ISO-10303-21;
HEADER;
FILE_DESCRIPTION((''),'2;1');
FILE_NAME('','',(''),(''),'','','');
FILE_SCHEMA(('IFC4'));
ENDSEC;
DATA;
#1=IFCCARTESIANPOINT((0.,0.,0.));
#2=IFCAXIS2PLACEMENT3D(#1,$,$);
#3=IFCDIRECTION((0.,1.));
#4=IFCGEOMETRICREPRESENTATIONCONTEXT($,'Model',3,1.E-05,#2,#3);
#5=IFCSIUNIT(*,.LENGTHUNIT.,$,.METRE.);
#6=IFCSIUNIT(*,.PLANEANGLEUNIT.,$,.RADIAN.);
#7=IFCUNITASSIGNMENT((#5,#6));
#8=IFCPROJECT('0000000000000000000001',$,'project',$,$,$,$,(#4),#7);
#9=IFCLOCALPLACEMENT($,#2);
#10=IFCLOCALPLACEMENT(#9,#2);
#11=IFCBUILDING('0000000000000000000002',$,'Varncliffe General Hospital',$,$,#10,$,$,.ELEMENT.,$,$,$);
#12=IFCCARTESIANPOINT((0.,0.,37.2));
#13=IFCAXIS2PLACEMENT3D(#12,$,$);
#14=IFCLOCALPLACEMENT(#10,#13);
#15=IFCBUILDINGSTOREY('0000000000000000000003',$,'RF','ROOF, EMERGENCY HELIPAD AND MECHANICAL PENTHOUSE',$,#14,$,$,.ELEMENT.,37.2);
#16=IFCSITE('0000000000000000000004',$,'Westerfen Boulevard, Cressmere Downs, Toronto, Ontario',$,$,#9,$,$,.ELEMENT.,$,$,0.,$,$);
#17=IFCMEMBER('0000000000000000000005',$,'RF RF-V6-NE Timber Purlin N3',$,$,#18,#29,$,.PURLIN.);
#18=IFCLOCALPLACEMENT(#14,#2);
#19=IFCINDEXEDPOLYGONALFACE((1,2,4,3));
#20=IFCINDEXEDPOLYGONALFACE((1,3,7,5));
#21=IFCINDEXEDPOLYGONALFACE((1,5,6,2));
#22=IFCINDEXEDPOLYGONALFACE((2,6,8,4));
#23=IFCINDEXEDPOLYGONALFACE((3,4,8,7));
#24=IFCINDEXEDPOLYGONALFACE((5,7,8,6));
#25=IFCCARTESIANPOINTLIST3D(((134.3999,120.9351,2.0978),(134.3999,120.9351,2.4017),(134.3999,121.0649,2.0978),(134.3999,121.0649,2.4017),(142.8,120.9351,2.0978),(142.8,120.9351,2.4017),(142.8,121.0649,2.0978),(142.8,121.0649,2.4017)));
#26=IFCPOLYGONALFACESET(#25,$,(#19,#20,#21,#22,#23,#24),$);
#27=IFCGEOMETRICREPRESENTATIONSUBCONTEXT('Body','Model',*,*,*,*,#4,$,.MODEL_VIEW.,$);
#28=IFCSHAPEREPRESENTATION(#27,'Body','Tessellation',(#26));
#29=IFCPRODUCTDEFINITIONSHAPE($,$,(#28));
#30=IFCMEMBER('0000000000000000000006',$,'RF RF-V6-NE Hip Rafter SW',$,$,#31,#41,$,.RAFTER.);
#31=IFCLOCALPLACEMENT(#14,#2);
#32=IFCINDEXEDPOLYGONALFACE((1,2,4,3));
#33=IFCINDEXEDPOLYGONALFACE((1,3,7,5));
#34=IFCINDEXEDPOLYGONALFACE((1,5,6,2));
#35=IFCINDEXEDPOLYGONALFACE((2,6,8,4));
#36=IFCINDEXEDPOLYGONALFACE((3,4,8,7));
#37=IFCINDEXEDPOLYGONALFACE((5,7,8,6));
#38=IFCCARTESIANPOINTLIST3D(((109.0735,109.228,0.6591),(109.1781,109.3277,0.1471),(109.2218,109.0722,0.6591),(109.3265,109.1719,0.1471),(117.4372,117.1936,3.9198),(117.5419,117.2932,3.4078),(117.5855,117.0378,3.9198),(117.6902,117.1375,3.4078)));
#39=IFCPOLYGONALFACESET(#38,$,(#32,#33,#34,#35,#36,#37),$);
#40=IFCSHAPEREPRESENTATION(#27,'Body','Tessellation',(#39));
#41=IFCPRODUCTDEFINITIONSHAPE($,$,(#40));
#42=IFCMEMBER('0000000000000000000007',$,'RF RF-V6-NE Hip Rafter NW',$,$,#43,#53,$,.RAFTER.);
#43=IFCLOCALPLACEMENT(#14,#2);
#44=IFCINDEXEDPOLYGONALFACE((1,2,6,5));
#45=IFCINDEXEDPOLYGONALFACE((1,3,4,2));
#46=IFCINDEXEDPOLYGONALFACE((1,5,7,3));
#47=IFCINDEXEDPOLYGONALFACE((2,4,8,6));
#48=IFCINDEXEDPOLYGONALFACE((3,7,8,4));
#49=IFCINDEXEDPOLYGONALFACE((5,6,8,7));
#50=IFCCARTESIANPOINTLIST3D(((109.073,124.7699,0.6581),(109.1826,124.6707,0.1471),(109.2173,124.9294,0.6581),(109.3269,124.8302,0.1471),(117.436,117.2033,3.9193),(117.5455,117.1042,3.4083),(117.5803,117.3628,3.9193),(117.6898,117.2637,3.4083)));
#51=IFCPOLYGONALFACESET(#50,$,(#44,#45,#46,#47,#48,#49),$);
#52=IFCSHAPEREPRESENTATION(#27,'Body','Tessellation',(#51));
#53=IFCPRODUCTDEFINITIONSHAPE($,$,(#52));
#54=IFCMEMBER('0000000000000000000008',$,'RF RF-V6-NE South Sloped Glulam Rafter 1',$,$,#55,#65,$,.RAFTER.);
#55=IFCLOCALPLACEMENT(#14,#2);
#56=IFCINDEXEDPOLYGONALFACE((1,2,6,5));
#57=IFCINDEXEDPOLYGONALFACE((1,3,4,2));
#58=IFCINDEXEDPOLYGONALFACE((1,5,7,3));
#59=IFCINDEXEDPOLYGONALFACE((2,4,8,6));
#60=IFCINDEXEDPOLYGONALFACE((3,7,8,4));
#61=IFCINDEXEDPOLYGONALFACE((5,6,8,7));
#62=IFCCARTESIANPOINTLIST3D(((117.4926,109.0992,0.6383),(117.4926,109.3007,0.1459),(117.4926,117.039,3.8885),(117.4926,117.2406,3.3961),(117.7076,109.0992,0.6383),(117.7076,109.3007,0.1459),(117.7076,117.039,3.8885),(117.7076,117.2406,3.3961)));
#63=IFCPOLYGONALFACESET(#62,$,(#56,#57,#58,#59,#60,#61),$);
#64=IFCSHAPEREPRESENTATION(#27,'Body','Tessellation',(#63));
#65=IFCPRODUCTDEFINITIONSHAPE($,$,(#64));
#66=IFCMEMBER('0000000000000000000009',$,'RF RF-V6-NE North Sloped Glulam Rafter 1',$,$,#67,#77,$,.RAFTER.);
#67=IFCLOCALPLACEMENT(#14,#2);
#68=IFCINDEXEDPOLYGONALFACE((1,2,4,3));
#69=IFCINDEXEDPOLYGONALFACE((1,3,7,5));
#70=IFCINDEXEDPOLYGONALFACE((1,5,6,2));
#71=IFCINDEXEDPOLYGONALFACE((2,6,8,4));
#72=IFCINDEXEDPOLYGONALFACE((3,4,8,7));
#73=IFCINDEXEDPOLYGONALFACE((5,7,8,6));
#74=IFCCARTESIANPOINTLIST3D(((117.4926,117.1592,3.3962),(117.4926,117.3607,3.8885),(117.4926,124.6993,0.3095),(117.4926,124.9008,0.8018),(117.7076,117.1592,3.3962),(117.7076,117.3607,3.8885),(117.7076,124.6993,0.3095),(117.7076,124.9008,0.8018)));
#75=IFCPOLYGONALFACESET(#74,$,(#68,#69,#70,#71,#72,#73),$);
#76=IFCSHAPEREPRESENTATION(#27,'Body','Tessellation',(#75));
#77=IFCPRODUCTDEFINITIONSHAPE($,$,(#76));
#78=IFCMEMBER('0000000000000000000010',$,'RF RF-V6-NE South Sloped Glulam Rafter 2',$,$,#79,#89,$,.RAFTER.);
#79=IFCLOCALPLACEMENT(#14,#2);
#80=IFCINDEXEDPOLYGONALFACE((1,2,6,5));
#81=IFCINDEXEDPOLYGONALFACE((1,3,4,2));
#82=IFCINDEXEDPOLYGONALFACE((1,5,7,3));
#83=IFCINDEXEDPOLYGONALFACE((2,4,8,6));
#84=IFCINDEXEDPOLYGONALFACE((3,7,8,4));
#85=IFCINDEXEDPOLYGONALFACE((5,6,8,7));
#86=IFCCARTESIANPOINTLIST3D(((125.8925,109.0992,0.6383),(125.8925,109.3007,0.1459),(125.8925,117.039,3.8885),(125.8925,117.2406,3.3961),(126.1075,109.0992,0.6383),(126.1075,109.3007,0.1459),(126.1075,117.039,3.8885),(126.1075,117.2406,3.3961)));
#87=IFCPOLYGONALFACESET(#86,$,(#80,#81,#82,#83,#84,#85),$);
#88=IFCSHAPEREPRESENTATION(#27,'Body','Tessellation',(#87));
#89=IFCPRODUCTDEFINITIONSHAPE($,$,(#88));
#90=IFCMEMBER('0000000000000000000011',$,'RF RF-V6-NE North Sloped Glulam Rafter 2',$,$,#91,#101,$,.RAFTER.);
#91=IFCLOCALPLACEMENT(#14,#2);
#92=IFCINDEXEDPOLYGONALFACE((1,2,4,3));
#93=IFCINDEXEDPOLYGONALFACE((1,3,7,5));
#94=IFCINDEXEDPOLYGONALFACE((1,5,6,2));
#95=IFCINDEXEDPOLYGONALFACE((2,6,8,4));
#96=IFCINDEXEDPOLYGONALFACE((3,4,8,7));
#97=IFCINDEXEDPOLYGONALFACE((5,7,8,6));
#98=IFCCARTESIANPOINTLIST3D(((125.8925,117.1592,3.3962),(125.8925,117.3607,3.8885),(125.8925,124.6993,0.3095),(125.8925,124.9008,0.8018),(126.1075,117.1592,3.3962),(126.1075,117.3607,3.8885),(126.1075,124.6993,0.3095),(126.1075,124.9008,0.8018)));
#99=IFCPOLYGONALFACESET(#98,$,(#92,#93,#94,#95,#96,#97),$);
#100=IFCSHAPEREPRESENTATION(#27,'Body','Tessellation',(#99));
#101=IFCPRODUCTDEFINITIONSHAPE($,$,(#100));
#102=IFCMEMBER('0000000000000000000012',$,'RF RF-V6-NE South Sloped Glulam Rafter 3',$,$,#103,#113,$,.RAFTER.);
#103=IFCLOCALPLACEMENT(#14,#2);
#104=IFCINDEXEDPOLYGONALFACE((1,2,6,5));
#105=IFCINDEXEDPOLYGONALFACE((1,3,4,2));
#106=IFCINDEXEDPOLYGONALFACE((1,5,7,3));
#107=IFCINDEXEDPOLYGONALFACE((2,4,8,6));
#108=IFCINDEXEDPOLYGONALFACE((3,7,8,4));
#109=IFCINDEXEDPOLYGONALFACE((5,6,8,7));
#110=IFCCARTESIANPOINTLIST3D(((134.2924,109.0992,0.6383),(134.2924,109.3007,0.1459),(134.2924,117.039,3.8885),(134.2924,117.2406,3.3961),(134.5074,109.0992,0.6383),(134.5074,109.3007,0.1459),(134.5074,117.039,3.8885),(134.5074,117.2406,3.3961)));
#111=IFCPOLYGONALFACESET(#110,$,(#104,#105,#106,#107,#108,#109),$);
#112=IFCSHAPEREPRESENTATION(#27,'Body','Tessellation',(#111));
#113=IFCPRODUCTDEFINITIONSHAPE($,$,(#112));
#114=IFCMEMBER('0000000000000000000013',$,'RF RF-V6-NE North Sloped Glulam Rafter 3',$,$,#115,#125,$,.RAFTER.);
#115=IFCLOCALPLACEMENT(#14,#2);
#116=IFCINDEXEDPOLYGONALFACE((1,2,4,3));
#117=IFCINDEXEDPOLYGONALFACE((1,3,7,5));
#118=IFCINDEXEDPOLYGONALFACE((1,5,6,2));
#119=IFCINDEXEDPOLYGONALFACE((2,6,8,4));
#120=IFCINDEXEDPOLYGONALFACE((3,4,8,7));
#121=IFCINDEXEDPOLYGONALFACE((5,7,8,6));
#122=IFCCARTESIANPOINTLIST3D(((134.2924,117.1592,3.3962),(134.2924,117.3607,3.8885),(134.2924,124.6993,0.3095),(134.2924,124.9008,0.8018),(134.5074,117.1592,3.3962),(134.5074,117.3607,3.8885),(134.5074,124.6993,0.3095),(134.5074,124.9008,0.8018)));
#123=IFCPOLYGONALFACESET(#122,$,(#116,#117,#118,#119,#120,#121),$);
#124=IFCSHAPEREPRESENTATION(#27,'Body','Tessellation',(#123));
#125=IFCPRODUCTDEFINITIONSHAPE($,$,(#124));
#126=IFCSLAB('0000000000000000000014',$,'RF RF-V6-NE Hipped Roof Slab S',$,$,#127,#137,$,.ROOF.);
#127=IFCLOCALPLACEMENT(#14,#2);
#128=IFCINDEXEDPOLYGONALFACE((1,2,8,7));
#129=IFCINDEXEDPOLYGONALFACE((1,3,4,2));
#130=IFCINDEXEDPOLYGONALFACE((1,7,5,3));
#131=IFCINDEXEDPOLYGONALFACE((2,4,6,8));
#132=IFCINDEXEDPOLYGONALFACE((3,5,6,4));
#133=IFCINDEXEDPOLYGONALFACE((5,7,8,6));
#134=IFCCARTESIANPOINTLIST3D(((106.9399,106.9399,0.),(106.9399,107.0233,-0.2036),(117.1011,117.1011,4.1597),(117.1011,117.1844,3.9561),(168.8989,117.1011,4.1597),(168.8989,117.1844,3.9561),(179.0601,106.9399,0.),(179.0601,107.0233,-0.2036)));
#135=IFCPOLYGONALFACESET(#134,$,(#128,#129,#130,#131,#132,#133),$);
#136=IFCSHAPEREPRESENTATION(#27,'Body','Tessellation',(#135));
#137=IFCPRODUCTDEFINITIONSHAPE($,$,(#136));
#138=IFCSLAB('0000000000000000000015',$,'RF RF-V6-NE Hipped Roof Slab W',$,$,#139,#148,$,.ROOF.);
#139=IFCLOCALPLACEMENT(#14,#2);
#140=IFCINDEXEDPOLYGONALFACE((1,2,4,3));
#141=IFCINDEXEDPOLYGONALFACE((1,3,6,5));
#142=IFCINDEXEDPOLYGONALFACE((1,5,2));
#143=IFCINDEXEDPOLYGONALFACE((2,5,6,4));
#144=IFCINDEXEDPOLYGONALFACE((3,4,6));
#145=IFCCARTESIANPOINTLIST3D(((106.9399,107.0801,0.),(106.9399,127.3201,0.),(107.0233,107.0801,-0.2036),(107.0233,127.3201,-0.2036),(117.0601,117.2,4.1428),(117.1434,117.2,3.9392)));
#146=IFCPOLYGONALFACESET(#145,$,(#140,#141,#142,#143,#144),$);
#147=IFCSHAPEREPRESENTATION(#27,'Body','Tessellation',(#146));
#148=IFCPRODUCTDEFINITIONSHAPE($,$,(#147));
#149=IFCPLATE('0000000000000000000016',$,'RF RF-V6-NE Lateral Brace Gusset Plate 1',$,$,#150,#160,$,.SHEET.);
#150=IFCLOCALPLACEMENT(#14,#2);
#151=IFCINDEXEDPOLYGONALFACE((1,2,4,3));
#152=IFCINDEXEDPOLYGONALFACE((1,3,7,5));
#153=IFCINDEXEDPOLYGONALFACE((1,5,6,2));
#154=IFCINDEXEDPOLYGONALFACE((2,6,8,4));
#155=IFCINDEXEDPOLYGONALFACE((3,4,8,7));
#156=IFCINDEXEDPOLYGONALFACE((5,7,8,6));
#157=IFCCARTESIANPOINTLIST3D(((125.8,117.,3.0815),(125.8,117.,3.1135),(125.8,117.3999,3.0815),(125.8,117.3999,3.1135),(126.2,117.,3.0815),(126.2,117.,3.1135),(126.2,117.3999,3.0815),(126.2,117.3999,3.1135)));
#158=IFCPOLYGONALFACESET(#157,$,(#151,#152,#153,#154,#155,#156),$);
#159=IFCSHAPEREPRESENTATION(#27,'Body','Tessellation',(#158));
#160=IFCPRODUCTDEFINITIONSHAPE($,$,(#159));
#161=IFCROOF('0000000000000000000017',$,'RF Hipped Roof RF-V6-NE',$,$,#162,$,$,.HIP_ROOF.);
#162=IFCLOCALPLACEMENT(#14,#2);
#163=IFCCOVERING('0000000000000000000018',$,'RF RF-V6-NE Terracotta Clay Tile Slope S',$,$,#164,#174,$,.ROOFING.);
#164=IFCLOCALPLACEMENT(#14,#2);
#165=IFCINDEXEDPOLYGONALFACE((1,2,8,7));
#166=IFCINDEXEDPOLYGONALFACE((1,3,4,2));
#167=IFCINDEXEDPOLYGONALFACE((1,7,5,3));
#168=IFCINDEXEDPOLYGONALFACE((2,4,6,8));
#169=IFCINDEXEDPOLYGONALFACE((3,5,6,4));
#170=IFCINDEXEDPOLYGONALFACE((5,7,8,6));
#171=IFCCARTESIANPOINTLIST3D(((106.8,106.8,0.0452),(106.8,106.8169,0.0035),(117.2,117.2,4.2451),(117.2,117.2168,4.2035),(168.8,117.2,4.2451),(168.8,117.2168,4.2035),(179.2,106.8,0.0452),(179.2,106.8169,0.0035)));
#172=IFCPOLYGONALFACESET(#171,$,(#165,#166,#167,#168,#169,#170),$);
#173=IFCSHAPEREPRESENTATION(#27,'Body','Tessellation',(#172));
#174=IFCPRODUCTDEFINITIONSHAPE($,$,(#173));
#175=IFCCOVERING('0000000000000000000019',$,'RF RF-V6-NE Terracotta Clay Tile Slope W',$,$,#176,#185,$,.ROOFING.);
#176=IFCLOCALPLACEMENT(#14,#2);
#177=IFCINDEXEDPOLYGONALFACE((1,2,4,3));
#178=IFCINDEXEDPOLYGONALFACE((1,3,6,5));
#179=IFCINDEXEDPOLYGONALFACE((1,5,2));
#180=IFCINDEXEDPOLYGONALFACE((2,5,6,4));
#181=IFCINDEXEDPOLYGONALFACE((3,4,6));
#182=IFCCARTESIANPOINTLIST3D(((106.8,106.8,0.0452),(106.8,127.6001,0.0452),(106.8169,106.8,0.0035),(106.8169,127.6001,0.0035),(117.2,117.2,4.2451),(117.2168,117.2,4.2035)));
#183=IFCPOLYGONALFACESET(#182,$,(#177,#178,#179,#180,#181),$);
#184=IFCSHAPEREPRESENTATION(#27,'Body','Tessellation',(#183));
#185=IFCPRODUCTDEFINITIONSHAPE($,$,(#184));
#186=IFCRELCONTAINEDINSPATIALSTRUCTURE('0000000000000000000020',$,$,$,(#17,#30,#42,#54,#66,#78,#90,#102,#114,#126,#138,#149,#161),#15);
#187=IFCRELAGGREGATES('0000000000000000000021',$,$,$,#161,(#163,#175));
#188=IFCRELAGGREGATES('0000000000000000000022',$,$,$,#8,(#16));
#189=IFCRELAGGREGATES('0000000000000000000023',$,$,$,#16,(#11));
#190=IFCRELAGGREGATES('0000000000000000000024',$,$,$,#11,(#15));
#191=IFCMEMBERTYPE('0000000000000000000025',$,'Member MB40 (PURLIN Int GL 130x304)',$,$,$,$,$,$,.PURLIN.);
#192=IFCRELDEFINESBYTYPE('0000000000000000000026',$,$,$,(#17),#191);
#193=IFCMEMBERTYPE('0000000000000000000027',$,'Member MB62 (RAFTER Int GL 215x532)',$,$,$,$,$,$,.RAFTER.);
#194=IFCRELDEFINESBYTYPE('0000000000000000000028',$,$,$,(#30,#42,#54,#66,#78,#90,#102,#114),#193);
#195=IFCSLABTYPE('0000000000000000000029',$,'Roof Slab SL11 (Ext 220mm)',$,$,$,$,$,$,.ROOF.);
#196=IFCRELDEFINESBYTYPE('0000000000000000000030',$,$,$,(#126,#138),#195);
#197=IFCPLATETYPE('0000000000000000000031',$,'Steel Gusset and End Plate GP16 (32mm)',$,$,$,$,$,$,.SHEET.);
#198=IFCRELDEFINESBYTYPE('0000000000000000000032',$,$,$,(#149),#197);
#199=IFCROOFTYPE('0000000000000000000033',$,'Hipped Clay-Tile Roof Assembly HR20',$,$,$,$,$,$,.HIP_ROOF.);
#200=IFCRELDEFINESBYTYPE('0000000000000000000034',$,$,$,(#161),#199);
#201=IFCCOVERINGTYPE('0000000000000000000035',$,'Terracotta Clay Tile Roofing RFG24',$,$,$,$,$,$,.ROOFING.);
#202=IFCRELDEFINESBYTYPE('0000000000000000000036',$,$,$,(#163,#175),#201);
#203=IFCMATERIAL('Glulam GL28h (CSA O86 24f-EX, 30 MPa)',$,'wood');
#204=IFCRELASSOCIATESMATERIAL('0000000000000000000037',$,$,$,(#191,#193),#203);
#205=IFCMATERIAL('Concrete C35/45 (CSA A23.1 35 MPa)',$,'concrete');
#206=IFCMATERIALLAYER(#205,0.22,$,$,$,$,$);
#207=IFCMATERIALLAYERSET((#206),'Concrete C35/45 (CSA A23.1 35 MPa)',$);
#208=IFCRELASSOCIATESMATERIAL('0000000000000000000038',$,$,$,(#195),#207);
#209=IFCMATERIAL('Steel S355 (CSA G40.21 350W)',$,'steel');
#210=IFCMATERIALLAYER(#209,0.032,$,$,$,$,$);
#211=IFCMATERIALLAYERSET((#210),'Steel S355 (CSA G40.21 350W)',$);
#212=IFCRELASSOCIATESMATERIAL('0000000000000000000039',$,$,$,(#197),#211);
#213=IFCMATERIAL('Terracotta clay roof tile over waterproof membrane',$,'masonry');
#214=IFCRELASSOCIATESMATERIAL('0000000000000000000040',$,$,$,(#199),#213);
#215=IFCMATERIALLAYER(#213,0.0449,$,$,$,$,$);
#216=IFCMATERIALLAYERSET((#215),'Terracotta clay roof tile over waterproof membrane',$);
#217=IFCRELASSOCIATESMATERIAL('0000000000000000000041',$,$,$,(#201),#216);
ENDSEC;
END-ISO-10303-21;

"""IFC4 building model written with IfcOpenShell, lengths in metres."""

from ifc_helpers import new_model, si_unit, direction, frame, origin, origin_2d, place, context, subcontext, project, spatial, polyline, rectangle, outline, extrude, material, layer, layer_set, material_profile, profile_set, type_object, element, aggregate, save


model = new_model("IFC4")

# Units and contexts
model_context = context("Model", 3, precision=1e-05, world=origin(), true_north=direction((0.0, 1.0)))
body_context = subcontext(model_context, "Body", "Model", "MODEL_VIEW")
ifc_project = project(units=[si_unit("LENGTHUNIT", "METRE"), si_unit("PLANEANGLEUNIT", "RADIAN")], contexts=[model_context])

# Site, building, storey
site_placement = place(None, origin())
site = spatial("IfcSite", under=ifc_project, at=site_placement, Name="Westerfen Boulevard, Cressmere Downs, Toronto, Ontario", CompositionType="ELEMENT", RefElevation=0.0)
building_placement = place(site_placement, origin())
building = spatial("IfcBuilding", under=site, at=building_placement, Name="Varncliffe General Hospital", CompositionType="ELEMENT")
storey_placement = place(building_placement, frame((0.0, 0.0, 37.2)))
storey = spatial("IfcBuildingStorey", under=building, at=storey_placement, Name="RF", Description="ROOF, EMERGENCY HELIPAD AND MECHANICAL PENTHOUSE", CompositionType="ELEMENT", Elevation=37.2)

# Shared definitions
ifc_material_1 = material(Name="Glulam GL28h (CSA O86 24f-EX, 30 MPa)", Category="wood")

# Members
ifc_material_2 = material(Name="Steel S355 (CSA G40.21 350W)", Category="steel")
ifc_material_profile_1 = material_profile(ifc_material_1, rectangle(XDim=0.1299, YDim=0.304, at=origin_2d()), Name="GL 130x304")
ifc_profile_set_1 = profile_set([ifc_material_profile_1], Name="Glulam GL28h (CSA O86 24f-EX, 30 MPa)")
member_type_1 = type_object("IfcMemberType", Name="Member MB40 (PURLIN Int GL 130x304)", PredefinedType="PURLIN", material=ifc_profile_set_1)
member_1_placement = place(storey_placement, frame((134.3999, 121.0, 2.2498), z_axis=(1.0, 0.0, 0.0), x_axis=(0.0, 1.0, 0.0)))
element("IfcMember", 1, at=member_1_placement, inside=storey, type_object=member_type_1, Name="RF RF-V6-NE Timber Purlin N3", PredefinedType="PURLIN", context=body_context, shape_type="SweptSolid", body=[
    extrude(rectangle(XDim=0.1299, YDim=0.304, at=origin_2d()), origin(), (0.0, 0.0, 1.0), 8.4001),
])
ifc_material_profile_2 = material_profile(ifc_material_1, rectangle(XDim=0.2151, YDim=0.532, at=origin_2d()), Name="GL 215x532")
ifc_profile_set_2 = profile_set([ifc_material_profile_2], Name="Glulam GL28h (CSA O86 24f-EX, 30 MPa)")
member_type_2 = type_object("IfcMemberType", Name="Member MB62 (RAFTER Int GL 215x532)", PredefinedType="RAFTER", material=ifc_profile_set_2)
member_2_placement = place(storey_placement, frame((109.2, 109.2, 0.4031), z_axis=(0.696895, 0.663716, 0.271695), x_axis=(-0.689659, 0.724134, 0.0)))
element("IfcMember", 2, at=member_2_placement, inside=storey, type_object=member_type_2, Name="RF RF-V6-NE Hip Rafter SW", PredefinedType="RAFTER", context=body_context, shape_type="SweptSolid", body=[
    extrude(rectangle(XDim=0.2151, YDim=0.532, at=origin_2d()), origin(), (0.0, 0.0, 1.0), 12.0015),
])
member_3_placement = place(storey_placement, frame((109.2, 124.8, 0.4026), z_axis=(0.712347, -0.644513, 0.277785), x_axis=(0.670918, 0.741532, 0.0)))
element("IfcMember", 3, at=member_3_placement, inside=storey, type_object=member_type_2, Name="RF RF-V6-NE Hip Rafter NW", PredefinedType="RAFTER", context=body_context, shape_type="SweptSolid", body=[
    extrude(rectangle(XDim=0.2151, YDim=0.532, at=origin_2d()), origin(), (0.0, 0.0, 1.0), 11.74),
])
member_4_placement = place(storey_placement, frame((117.6001, 109.2, 0.3921), z_axis=(0.0, 0.925462, 0.378841), x_axis=(-1.0, 0.0, 0.0)))
element("IfcMember", 4, at=member_4_placement, inside=storey, type_object=member_type_2, Name="RF RF-V6-NE South Sloped Glulam Rafter 1", PredefinedType="RAFTER", context=body_context, shape_type="SweptSolid", body=[
    extrude(rectangle(XDim=0.2151, YDim=0.532, at=origin_2d()), origin(), (0.0, 0.0, 1.0), 8.5793),
])
member_5_placement = place(storey_placement, frame((117.6001, 124.8, 0.5557), z_axis=(0.0, -0.925456, 0.378855), x_axis=(1.0, 0.0, 0.0)))
element("IfcMember", 5, at=member_5_placement, inside=storey, type_object=member_type_2, Name="RF RF-V6-NE North Sloped Glulam Rafter 1", PredefinedType="RAFTER", context=body_context, shape_type="SweptSolid", body=[
    extrude(rectangle(XDim=0.2151, YDim=0.532, at=origin_2d()), origin(), (0.0, 0.0, 1.0), 8.1475),
])
member_6_placement = place(storey_placement, frame((126.0, 109.2, 0.3921), z_axis=(0.0, 0.925462, 0.378841), x_axis=(-1.0, 0.0, 0.0)))
element("IfcMember", 6, at=member_6_placement, inside=storey, type_object=member_type_2, Name="RF RF-V6-NE South Sloped Glulam Rafter 2", PredefinedType="RAFTER", context=body_context, shape_type="SweptSolid", body=[
    extrude(rectangle(XDim=0.2151, YDim=0.532, at=origin_2d()), origin(), (0.0, 0.0, 1.0), 8.5793),
])
member_7_placement = place(storey_placement, frame((126.0, 124.8, 0.5557), z_axis=(0.0, -0.925456, 0.378855), x_axis=(1.0, 0.0, 0.0)))
element("IfcMember", 7, at=member_7_placement, inside=storey, type_object=member_type_2, Name="RF RF-V6-NE North Sloped Glulam Rafter 2", PredefinedType="RAFTER", context=body_context, shape_type="SweptSolid", body=[
    extrude(rectangle(XDim=0.2151, YDim=0.532, at=origin_2d()), origin(), (0.0, 0.0, 1.0), 8.1475),
])
member_8_placement = place(storey_placement, frame((134.3999, 109.2, 0.3921), z_axis=(0.0, 0.925462, 0.378841), x_axis=(-1.0, 0.0, 0.0)))
element("IfcMember", 8, at=member_8_placement, inside=storey, type_object=member_type_2, Name="RF RF-V6-NE South Sloped Glulam Rafter 3", PredefinedType="RAFTER", context=body_context, shape_type="SweptSolid", body=[
    extrude(rectangle(XDim=0.2151, YDim=0.532, at=origin_2d()), origin(), (0.0, 0.0, 1.0), 8.5793),
])
member_9_placement = place(storey_placement, frame((134.3999, 124.8, 0.5557), z_axis=(0.0, -0.925456, 0.378855), x_axis=(1.0, 0.0, 0.0)))
element("IfcMember", 9, at=member_9_placement, inside=storey, type_object=member_type_2, Name="RF RF-V6-NE North Sloped Glulam Rafter 3", PredefinedType="RAFTER", context=body_context, shape_type="SweptSolid", body=[
    extrude(rectangle(XDim=0.2151, YDim=0.532, at=origin_2d()), origin(), (0.0, 0.0, 1.0), 8.1475),
])

# Slabs
ifc_material_3 = material(Name="Concrete C35/45 (CSA A23.1 35 MPa)", Category="concrete")
ifc_layer_1 = layer(ifc_material_3, 0.22)
ifc_layer_set_1 = layer_set([ifc_layer_1], Name="Concrete C35/45 (CSA A23.1 35 MPa)")
slab_type = type_object("IfcSlabType", Name="Roof Slab SL11 (Ext 220mm)", PredefinedType="ROOF", material=ifc_layer_set_1)
slab_1_placement = place(storey_placement, frame((106.9399, 106.9399, 0.0), z_axis=(0.0, -0.378854, 0.925456), x_axis=(1.0, 0.0, 0.0)))
element("IfcSlab", 10, at=slab_1_placement, inside=storey, type_object=slab_type, Name="RF RF-V6-NE Hipped Roof Slab S", PredefinedType="ROOF", context=body_context, shape_type="SweptSolid", body=[
    extrude(outline(polyline([(0.0, 0.0), (72.1201, 0.0), (61.959, 10.9796), (10.1611, 10.9796), (0.0, 0.0)])), origin(), (0.0, 0.0, -1.0), 0.22),
])
slab_2_placement = place(storey_placement, frame((106.9399, 127.3201, 0.0), z_axis=(-0.37885, 0.0, 0.925458), x_axis=(0.0, -1.0, 0.0)))
element("IfcSlab", 11, at=slab_2_placement, inside=storey, type_object=slab_type, Name="RF RF-V6-NE Hipped Roof Slab W", PredefinedType="ROOF", context=body_context, shape_type="SweptSolid", body=[
    extrude(outline(polyline([(0.0, 0.0), (20.24, 0.0), (10.1201, 10.9353), (0.0, 0.0)])), origin(), (0.0, 0.0, -1.0), 0.22),
])

# Plate
ifc_layer_2 = layer(ifc_material_2, 0.032)
ifc_layer_set_2 = layer_set([ifc_layer_2], Name="Steel S355 (CSA G40.21 350W)")
plate_type = type_object("IfcPlateType", Name="Steel Gusset and End Plate GP16 (32mm)", PredefinedType="SHEET", material=ifc_layer_set_2)
plate_placement = place(storey_placement, frame((126.0, 117.2, 3.0815), z_axis=(0.0, 0.0, 1.0), x_axis=(1.0, 0.0, 0.0)))
element("IfcPlate", 12, at=plate_placement, inside=storey, type_object=plate_type, Name="RF RF-V6-NE Lateral Brace Gusset Plate 1", PredefinedType="SHEET", context=body_context, shape_type="SweptSolid", body=[
    extrude(rectangle(XDim=0.3999, YDim=0.3999, at=origin_2d()), origin(), (0.0, 0.0, 1.0), 0.032),
])

# Roof, coverings
ifc_material_4 = material(Name="Terracotta clay roof tile over waterproof membrane", Category="masonry")
roof_type = type_object("IfcRoofType", Name="Hipped Clay-Tile Roof Assembly HR20", PredefinedType="HIP_ROOF", material=ifc_material_4)
roof_placement = place(storey_placement, origin())
roof = element("IfcRoof", 13, at=roof_placement, inside=storey, type_object=roof_type, Name="RF Hipped Roof RF-V6-NE", PredefinedType="HIP_ROOF")
ifc_layer_3 = layer(ifc_material_4, 0.0449)
ifc_layer_set_3 = layer_set([ifc_layer_3], Name="Terracotta clay roof tile over waterproof membrane")
covering_type = type_object("IfcCoveringType", Name="Terracotta Clay Tile Roofing RFG24", PredefinedType="ROOFING", material=ifc_layer_set_3)
covering_1_placement = place(storey_placement, frame((106.8, 106.8, 0.0452), z_axis=(0.0, -0.374462, 0.927242), x_axis=(1.0, 0.0, 0.0)))
covering_1 = element("IfcCovering", 14, at=covering_1_placement, type_object=covering_type, Name="RF RF-V6-NE Terracotta Clay Tile Slope S", PredefinedType="ROOFING", context=body_context, shape_type="SweptSolid", body=[
    extrude(outline(polyline([(0.0, 0.0), (72.3999, 0.0), (62.0, 11.216), (10.3999, 11.216), (0.0, 0.0)])), origin(), (0.0, 0.0, -1.0), 0.0449),
])
covering_2_placement = place(storey_placement, frame((106.8, 127.6001, 0.0452), z_axis=(-0.374462, 0.0, 0.927242), x_axis=(0.0, -1.0, 0.0)))
covering_2 = element("IfcCovering", 15, at=covering_2_placement, type_object=covering_type, Name="RF RF-V6-NE Terracotta Clay Tile Slope W", PredefinedType="ROOFING", context=body_context, shape_type="SweptSolid", body=[
    extrude(outline(polyline([(0.0, 0.0), (20.8, 0.0), (10.4001, 11.216), (0.0, 0.0)])), origin(), (0.0, 0.0, -1.0), 0.0449),
])
aggregate(roof, [covering_1, covering_2])

save(model, "model.ifc")
